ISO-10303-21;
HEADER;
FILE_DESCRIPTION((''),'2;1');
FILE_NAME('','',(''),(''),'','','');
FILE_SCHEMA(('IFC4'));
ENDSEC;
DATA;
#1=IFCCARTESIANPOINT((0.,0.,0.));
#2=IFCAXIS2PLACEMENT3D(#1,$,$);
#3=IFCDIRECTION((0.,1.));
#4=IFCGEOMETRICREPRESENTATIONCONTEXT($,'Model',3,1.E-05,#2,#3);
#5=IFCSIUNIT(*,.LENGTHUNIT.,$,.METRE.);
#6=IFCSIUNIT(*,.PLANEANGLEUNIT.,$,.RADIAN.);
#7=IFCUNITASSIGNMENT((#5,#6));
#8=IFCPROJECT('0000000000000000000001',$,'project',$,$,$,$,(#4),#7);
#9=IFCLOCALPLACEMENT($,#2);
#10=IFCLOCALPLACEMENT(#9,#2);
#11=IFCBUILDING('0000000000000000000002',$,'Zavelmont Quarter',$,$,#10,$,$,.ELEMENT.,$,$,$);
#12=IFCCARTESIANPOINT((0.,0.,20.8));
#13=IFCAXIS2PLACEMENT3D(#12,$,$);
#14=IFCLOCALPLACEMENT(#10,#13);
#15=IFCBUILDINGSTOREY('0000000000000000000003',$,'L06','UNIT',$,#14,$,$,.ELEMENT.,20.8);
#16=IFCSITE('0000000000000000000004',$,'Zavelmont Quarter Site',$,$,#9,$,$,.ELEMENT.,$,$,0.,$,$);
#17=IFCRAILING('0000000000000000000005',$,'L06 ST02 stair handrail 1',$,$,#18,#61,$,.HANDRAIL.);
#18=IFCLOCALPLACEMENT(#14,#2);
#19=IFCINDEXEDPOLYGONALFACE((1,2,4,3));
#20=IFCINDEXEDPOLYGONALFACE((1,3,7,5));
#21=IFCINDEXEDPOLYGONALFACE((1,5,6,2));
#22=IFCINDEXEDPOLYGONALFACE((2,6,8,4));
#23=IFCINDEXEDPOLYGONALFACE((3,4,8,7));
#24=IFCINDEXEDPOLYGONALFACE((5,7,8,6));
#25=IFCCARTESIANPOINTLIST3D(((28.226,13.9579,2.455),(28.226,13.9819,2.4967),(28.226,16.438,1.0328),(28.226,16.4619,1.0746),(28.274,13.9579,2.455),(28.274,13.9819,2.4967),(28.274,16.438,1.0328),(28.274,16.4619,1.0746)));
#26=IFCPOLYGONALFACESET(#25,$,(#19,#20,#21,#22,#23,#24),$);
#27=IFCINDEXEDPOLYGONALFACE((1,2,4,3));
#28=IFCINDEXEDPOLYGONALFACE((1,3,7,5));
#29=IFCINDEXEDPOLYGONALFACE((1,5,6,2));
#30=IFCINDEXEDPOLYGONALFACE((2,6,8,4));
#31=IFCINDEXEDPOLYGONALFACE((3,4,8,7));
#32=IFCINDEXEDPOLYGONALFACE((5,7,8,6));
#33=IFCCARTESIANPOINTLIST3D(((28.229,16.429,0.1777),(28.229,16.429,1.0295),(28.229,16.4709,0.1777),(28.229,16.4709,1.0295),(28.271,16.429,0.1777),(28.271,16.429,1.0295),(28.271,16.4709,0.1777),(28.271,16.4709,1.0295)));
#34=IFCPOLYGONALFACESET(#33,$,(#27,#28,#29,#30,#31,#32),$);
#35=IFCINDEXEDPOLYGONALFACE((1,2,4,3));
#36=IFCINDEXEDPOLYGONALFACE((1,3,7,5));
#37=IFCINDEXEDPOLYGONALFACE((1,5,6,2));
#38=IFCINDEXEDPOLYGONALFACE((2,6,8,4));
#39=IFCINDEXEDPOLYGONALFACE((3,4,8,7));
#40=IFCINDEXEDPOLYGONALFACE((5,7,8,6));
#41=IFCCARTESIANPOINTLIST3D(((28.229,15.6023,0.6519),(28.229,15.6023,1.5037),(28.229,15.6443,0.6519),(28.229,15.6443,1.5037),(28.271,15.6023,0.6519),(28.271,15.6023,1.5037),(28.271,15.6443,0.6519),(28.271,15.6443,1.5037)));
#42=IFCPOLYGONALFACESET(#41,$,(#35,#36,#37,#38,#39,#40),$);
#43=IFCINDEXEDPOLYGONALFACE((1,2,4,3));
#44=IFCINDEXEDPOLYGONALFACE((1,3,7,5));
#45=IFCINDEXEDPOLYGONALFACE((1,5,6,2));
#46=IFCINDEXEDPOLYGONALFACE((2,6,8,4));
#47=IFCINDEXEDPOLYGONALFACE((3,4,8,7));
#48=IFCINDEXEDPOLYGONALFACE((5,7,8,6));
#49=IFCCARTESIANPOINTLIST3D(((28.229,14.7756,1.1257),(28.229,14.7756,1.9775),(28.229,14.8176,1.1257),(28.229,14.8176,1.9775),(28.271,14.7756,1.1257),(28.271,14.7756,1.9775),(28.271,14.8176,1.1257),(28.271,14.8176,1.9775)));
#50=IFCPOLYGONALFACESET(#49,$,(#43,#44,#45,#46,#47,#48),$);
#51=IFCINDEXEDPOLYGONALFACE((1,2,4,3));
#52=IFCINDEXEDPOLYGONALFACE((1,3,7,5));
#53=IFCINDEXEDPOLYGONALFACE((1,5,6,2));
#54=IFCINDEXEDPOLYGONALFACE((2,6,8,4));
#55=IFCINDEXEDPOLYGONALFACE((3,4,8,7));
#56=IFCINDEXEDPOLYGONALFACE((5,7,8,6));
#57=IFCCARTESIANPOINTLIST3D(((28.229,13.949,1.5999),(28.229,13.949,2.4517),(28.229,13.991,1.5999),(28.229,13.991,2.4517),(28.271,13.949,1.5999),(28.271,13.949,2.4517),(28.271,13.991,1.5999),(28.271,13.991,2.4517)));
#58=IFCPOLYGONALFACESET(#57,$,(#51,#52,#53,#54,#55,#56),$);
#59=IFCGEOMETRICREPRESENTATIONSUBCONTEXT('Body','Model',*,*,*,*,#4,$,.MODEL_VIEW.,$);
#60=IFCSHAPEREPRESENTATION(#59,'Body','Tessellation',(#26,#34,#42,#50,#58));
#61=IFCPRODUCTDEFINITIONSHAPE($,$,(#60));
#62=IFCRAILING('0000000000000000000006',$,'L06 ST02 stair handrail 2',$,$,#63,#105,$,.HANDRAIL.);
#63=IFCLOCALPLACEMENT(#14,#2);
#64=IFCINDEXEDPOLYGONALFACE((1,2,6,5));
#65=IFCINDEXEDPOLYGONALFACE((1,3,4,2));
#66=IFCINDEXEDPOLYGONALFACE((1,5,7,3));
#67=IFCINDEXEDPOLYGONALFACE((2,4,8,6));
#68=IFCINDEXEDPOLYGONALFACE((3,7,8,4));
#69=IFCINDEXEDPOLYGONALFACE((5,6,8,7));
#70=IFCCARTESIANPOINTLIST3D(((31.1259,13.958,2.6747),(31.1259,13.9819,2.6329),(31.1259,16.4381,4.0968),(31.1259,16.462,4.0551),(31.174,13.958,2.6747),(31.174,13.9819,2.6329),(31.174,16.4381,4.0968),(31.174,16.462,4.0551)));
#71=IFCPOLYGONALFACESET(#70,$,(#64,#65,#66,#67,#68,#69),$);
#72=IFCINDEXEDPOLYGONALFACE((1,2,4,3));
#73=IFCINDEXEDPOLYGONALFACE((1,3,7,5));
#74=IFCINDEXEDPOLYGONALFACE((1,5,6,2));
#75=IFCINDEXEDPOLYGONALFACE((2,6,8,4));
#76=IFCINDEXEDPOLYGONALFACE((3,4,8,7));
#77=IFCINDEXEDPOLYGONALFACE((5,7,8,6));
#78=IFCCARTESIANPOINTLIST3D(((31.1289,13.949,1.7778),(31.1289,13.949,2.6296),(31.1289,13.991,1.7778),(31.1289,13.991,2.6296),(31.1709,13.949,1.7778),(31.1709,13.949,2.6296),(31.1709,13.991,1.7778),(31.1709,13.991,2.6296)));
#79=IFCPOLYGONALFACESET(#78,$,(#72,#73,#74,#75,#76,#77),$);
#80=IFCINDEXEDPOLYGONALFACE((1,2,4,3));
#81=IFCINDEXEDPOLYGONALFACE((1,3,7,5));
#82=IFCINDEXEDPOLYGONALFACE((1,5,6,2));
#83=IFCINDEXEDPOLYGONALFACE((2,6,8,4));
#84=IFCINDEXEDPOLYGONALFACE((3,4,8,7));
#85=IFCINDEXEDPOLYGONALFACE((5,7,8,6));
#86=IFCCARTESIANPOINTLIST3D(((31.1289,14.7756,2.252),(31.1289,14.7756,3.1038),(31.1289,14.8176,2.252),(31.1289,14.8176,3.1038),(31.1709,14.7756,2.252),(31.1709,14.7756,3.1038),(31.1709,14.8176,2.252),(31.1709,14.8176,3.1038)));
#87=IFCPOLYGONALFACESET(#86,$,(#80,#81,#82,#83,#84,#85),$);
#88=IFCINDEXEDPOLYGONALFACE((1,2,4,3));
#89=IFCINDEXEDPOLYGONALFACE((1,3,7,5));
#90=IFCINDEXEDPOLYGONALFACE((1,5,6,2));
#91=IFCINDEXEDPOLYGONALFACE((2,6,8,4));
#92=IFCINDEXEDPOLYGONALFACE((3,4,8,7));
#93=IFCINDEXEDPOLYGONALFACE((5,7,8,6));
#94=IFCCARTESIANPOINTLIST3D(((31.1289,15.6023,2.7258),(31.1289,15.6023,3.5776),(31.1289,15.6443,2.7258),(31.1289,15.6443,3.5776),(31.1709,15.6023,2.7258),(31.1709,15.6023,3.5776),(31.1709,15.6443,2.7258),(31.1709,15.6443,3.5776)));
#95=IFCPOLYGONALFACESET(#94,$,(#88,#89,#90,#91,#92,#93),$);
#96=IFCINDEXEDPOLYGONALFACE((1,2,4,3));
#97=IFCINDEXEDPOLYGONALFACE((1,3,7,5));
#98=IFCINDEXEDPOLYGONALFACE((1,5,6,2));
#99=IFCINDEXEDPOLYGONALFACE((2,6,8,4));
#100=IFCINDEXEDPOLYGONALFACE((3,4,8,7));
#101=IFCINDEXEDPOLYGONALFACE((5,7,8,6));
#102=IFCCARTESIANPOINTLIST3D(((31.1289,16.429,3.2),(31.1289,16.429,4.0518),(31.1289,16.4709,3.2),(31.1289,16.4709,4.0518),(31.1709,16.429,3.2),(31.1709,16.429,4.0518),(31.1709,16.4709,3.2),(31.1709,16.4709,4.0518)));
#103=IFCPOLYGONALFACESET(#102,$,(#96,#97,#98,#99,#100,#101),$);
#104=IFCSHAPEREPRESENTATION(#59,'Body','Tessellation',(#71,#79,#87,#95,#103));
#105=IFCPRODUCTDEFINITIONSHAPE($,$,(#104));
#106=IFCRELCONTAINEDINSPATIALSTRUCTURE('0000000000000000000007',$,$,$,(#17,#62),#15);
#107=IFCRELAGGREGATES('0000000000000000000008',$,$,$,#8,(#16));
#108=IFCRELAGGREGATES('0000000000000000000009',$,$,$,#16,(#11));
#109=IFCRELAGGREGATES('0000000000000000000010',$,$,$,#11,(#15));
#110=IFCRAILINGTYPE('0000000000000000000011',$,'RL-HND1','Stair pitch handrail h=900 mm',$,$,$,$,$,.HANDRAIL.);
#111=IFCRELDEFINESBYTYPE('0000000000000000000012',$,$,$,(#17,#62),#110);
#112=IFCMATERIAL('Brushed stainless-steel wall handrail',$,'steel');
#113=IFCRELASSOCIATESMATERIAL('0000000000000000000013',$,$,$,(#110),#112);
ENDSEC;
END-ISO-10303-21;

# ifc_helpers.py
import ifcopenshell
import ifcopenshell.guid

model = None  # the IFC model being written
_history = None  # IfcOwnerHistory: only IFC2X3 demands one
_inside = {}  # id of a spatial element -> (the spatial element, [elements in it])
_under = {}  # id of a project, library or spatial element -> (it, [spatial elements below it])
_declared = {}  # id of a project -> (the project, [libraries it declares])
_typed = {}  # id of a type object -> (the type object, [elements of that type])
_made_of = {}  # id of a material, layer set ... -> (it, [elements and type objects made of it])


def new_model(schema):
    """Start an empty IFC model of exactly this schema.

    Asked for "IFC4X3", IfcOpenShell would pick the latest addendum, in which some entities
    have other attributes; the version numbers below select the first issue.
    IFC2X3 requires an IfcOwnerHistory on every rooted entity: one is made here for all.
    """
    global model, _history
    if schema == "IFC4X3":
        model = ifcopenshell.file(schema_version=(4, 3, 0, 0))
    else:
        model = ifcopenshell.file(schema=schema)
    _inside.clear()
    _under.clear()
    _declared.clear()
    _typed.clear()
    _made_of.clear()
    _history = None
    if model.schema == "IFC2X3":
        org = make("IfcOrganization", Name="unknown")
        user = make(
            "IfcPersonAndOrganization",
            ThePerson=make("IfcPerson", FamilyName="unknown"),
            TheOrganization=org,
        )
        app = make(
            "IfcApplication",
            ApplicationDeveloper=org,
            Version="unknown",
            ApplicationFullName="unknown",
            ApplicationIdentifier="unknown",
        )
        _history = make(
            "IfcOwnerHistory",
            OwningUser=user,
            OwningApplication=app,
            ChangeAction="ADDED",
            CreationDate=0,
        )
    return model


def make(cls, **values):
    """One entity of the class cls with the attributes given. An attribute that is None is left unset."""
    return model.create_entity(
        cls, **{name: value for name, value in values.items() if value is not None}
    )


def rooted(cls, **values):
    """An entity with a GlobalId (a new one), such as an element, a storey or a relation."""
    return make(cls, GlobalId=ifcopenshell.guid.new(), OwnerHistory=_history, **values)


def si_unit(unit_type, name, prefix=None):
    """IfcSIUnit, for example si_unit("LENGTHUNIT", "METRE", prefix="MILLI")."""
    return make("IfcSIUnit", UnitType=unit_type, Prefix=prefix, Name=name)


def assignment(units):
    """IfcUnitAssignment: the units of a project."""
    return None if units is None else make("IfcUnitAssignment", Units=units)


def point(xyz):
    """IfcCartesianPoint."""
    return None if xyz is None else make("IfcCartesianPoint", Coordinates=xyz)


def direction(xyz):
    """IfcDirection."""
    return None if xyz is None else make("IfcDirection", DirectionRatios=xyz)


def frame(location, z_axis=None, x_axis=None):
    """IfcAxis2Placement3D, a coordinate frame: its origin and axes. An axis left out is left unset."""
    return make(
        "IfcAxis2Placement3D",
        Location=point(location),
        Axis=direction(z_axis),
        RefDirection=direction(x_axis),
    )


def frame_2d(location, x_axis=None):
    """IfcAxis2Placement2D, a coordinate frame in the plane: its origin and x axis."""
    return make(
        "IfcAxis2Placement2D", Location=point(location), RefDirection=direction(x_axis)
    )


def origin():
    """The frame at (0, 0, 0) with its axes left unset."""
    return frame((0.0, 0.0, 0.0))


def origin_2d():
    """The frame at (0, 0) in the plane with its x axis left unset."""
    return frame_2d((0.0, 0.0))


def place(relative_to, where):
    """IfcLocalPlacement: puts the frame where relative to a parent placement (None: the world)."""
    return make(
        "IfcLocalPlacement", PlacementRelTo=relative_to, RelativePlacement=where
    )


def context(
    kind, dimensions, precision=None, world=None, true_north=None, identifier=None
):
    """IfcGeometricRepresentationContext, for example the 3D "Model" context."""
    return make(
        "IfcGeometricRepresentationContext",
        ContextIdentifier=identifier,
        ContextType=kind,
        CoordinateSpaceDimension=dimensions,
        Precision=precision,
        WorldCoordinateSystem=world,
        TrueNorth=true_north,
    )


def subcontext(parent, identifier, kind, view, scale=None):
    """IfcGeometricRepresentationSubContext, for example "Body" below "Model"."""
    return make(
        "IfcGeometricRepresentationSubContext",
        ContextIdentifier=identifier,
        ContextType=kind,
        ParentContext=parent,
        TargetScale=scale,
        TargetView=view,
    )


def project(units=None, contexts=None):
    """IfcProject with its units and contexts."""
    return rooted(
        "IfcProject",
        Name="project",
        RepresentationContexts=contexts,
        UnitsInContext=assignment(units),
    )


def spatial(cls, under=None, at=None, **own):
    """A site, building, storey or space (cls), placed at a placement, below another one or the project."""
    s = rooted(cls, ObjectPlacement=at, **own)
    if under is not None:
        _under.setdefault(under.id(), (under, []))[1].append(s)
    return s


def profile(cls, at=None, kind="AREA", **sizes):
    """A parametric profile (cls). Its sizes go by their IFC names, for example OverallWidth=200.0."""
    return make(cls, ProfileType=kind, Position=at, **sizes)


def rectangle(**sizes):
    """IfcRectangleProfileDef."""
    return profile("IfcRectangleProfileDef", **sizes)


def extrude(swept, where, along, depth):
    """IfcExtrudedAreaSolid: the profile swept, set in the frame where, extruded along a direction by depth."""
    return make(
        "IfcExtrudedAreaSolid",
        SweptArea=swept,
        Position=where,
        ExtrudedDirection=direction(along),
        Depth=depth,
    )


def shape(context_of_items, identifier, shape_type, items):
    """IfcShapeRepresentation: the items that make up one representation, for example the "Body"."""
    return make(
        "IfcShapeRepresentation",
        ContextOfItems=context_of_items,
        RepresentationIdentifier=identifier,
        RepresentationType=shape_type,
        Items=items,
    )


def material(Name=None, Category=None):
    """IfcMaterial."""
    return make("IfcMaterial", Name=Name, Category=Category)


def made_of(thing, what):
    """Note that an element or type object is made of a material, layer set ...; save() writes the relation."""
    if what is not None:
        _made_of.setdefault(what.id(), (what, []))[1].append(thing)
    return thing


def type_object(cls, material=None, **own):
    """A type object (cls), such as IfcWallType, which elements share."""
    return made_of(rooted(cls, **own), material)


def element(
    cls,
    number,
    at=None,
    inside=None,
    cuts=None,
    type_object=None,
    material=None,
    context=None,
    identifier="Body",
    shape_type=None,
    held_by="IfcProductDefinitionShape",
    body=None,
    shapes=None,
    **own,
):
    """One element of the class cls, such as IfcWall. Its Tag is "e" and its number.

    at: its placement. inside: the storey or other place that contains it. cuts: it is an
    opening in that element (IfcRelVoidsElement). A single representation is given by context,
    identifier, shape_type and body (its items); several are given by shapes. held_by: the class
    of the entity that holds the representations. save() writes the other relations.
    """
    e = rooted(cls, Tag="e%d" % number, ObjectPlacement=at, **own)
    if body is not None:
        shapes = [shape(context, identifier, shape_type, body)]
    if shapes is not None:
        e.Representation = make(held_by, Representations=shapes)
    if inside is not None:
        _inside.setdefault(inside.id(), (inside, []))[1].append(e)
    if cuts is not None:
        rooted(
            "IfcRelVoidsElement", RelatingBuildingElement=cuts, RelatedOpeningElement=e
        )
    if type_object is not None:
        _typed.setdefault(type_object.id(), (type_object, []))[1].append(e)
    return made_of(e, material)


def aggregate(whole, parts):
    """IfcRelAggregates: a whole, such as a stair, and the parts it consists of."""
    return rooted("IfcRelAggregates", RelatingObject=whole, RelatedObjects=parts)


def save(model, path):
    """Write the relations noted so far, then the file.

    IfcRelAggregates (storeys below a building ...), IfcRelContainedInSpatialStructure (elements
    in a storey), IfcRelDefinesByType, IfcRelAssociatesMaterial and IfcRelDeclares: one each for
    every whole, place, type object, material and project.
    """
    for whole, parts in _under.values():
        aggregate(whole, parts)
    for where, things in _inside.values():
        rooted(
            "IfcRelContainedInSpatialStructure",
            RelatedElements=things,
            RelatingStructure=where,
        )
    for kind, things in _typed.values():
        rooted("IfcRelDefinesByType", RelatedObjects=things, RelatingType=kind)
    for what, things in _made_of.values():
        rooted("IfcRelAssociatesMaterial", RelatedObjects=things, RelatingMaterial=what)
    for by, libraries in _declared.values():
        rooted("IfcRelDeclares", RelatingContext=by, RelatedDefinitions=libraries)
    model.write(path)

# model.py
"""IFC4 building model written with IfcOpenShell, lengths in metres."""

from ifc_helpers import new_model, si_unit, direction, frame, origin, origin_2d, place, context, subcontext, project, spatial, rectangle, extrude, material, type_object, element, save


model = new_model("IFC4")

# Units and contexts
model_context = context("Model", 3, precision=1e-05, world=origin(), true_north=direction((0.0, 1.0)))
body_context = subcontext(model_context, "Body", "Model", "MODEL_VIEW")
ifc_project = project(units=[si_unit("LENGTHUNIT", "METRE"), si_unit("PLANEANGLEUNIT", "RADIAN")], contexts=[model_context])

# Site, building, storey
site_placement = place(None, origin())
site = spatial("IfcSite", under=ifc_project, at=site_placement, Name="Zavelmont Quarter Site", CompositionType="ELEMENT", RefElevation=0.0)
building_placement = place(site_placement, origin())
building = spatial("IfcBuilding", under=site, at=building_placement, Name="Zavelmont Quarter", CompositionType="ELEMENT")
storey_placement = place(building_placement, frame((0.0, 0.0, 20.8)))
storey = spatial("IfcBuildingStorey", under=building, at=storey_placement, Name="L06", Description="UNIT", CompositionType="ELEMENT", Elevation=20.8)

# Railings
ifc_material_1 = material(Name="Brushed stainless-steel wall handrail", Category="steel")
railing_type_1 = type_object("IfcRailingType", Name="RL-HND1", Description="Stair pitch handrail h=900 mm", PredefinedType="HANDRAIL", material=ifc_material_1)
railing_1_placement = place(storey_placement, frame((28.25, 16.45, 0.1777)))
element("IfcRailing", 1, at=railing_1_placement, inside=storey, type_object=railing_type_1, Name="L06 ST02 stair handrail 1", PredefinedType="HANDRAIL", context=body_context, shape_type="SweptSolid", body=[
    extrude(rectangle(XDim=0.0481, YDim=0.0481, at=origin_2d()), frame((0.0, 0.0, 0.876), z_axis=(0.0, -0.867491, 0.497454), x_axis=(1.0, 0.0, 0.0)), (0.0, 0.0, 1.0), 2.8589),
    extrude(rectangle(XDim=0.042, YDim=0.042, at=origin_2d()), origin(), (0.0, 0.0, 1.0), 0.8518),
    extrude(rectangle(XDim=0.042, YDim=0.042, at=origin_2d()), frame((0.0, -0.8267, 0.4741)), (0.0, 0.0, 1.0), 0.8518),
    extrude(rectangle(XDim=0.042, YDim=0.042, at=origin_2d()), frame((0.0, -1.6533, 0.948)), (0.0, 0.0, 1.0), 0.8518),
    extrude(rectangle(XDim=0.042, YDim=0.042, at=origin_2d()), frame((0.0, -2.48, 1.4221)), (0.0, 0.0, 1.0), 0.8518),
])
railing_2_placement = place(storey_placement, frame((31.1499, 13.97, 1.7778)))
element("IfcRailing", 2, at=railing_2_placement, inside=storey, type_object=railing_type_1, Name="L06 ST02 stair handrail 2", PredefinedType="HANDRAIL", context=body_context, shape_type="SweptSolid", body=[
    extrude(rectangle(XDim=0.0481, YDim=0.0481, at=origin_2d()), frame((0.0, 0.0, 0.876), z_axis=(0.0, 0.867491, 0.497454), x_axis=(-1.0, 0.0, 0.0)), (0.0, 0.0, 1.0), 2.8589),
    extrude(rectangle(XDim=0.042, YDim=0.042, at=origin_2d()), origin(), (0.0, 0.0, 1.0), 0.8518),
    extrude(rectangle(XDim=0.042, YDim=0.042, at=origin_2d()), frame((0.0, 0.8267, 0.4741)), (0.0, 0.0, 1.0), 0.8518),
    extrude(rectangle(XDim=0.042, YDim=0.042, at=origin_2d()), frame((0.0, 1.6533, 0.948)), (0.0, 0.0, 1.0), 0.8518),
    extrude(rectangle(XDim=0.042, YDim=0.042, at=origin_2d()), frame((0.0, 2.48, 1.4221)), (0.0, 0.0, 1.0), 0.8518),
])

save(model, "model.ifc")
